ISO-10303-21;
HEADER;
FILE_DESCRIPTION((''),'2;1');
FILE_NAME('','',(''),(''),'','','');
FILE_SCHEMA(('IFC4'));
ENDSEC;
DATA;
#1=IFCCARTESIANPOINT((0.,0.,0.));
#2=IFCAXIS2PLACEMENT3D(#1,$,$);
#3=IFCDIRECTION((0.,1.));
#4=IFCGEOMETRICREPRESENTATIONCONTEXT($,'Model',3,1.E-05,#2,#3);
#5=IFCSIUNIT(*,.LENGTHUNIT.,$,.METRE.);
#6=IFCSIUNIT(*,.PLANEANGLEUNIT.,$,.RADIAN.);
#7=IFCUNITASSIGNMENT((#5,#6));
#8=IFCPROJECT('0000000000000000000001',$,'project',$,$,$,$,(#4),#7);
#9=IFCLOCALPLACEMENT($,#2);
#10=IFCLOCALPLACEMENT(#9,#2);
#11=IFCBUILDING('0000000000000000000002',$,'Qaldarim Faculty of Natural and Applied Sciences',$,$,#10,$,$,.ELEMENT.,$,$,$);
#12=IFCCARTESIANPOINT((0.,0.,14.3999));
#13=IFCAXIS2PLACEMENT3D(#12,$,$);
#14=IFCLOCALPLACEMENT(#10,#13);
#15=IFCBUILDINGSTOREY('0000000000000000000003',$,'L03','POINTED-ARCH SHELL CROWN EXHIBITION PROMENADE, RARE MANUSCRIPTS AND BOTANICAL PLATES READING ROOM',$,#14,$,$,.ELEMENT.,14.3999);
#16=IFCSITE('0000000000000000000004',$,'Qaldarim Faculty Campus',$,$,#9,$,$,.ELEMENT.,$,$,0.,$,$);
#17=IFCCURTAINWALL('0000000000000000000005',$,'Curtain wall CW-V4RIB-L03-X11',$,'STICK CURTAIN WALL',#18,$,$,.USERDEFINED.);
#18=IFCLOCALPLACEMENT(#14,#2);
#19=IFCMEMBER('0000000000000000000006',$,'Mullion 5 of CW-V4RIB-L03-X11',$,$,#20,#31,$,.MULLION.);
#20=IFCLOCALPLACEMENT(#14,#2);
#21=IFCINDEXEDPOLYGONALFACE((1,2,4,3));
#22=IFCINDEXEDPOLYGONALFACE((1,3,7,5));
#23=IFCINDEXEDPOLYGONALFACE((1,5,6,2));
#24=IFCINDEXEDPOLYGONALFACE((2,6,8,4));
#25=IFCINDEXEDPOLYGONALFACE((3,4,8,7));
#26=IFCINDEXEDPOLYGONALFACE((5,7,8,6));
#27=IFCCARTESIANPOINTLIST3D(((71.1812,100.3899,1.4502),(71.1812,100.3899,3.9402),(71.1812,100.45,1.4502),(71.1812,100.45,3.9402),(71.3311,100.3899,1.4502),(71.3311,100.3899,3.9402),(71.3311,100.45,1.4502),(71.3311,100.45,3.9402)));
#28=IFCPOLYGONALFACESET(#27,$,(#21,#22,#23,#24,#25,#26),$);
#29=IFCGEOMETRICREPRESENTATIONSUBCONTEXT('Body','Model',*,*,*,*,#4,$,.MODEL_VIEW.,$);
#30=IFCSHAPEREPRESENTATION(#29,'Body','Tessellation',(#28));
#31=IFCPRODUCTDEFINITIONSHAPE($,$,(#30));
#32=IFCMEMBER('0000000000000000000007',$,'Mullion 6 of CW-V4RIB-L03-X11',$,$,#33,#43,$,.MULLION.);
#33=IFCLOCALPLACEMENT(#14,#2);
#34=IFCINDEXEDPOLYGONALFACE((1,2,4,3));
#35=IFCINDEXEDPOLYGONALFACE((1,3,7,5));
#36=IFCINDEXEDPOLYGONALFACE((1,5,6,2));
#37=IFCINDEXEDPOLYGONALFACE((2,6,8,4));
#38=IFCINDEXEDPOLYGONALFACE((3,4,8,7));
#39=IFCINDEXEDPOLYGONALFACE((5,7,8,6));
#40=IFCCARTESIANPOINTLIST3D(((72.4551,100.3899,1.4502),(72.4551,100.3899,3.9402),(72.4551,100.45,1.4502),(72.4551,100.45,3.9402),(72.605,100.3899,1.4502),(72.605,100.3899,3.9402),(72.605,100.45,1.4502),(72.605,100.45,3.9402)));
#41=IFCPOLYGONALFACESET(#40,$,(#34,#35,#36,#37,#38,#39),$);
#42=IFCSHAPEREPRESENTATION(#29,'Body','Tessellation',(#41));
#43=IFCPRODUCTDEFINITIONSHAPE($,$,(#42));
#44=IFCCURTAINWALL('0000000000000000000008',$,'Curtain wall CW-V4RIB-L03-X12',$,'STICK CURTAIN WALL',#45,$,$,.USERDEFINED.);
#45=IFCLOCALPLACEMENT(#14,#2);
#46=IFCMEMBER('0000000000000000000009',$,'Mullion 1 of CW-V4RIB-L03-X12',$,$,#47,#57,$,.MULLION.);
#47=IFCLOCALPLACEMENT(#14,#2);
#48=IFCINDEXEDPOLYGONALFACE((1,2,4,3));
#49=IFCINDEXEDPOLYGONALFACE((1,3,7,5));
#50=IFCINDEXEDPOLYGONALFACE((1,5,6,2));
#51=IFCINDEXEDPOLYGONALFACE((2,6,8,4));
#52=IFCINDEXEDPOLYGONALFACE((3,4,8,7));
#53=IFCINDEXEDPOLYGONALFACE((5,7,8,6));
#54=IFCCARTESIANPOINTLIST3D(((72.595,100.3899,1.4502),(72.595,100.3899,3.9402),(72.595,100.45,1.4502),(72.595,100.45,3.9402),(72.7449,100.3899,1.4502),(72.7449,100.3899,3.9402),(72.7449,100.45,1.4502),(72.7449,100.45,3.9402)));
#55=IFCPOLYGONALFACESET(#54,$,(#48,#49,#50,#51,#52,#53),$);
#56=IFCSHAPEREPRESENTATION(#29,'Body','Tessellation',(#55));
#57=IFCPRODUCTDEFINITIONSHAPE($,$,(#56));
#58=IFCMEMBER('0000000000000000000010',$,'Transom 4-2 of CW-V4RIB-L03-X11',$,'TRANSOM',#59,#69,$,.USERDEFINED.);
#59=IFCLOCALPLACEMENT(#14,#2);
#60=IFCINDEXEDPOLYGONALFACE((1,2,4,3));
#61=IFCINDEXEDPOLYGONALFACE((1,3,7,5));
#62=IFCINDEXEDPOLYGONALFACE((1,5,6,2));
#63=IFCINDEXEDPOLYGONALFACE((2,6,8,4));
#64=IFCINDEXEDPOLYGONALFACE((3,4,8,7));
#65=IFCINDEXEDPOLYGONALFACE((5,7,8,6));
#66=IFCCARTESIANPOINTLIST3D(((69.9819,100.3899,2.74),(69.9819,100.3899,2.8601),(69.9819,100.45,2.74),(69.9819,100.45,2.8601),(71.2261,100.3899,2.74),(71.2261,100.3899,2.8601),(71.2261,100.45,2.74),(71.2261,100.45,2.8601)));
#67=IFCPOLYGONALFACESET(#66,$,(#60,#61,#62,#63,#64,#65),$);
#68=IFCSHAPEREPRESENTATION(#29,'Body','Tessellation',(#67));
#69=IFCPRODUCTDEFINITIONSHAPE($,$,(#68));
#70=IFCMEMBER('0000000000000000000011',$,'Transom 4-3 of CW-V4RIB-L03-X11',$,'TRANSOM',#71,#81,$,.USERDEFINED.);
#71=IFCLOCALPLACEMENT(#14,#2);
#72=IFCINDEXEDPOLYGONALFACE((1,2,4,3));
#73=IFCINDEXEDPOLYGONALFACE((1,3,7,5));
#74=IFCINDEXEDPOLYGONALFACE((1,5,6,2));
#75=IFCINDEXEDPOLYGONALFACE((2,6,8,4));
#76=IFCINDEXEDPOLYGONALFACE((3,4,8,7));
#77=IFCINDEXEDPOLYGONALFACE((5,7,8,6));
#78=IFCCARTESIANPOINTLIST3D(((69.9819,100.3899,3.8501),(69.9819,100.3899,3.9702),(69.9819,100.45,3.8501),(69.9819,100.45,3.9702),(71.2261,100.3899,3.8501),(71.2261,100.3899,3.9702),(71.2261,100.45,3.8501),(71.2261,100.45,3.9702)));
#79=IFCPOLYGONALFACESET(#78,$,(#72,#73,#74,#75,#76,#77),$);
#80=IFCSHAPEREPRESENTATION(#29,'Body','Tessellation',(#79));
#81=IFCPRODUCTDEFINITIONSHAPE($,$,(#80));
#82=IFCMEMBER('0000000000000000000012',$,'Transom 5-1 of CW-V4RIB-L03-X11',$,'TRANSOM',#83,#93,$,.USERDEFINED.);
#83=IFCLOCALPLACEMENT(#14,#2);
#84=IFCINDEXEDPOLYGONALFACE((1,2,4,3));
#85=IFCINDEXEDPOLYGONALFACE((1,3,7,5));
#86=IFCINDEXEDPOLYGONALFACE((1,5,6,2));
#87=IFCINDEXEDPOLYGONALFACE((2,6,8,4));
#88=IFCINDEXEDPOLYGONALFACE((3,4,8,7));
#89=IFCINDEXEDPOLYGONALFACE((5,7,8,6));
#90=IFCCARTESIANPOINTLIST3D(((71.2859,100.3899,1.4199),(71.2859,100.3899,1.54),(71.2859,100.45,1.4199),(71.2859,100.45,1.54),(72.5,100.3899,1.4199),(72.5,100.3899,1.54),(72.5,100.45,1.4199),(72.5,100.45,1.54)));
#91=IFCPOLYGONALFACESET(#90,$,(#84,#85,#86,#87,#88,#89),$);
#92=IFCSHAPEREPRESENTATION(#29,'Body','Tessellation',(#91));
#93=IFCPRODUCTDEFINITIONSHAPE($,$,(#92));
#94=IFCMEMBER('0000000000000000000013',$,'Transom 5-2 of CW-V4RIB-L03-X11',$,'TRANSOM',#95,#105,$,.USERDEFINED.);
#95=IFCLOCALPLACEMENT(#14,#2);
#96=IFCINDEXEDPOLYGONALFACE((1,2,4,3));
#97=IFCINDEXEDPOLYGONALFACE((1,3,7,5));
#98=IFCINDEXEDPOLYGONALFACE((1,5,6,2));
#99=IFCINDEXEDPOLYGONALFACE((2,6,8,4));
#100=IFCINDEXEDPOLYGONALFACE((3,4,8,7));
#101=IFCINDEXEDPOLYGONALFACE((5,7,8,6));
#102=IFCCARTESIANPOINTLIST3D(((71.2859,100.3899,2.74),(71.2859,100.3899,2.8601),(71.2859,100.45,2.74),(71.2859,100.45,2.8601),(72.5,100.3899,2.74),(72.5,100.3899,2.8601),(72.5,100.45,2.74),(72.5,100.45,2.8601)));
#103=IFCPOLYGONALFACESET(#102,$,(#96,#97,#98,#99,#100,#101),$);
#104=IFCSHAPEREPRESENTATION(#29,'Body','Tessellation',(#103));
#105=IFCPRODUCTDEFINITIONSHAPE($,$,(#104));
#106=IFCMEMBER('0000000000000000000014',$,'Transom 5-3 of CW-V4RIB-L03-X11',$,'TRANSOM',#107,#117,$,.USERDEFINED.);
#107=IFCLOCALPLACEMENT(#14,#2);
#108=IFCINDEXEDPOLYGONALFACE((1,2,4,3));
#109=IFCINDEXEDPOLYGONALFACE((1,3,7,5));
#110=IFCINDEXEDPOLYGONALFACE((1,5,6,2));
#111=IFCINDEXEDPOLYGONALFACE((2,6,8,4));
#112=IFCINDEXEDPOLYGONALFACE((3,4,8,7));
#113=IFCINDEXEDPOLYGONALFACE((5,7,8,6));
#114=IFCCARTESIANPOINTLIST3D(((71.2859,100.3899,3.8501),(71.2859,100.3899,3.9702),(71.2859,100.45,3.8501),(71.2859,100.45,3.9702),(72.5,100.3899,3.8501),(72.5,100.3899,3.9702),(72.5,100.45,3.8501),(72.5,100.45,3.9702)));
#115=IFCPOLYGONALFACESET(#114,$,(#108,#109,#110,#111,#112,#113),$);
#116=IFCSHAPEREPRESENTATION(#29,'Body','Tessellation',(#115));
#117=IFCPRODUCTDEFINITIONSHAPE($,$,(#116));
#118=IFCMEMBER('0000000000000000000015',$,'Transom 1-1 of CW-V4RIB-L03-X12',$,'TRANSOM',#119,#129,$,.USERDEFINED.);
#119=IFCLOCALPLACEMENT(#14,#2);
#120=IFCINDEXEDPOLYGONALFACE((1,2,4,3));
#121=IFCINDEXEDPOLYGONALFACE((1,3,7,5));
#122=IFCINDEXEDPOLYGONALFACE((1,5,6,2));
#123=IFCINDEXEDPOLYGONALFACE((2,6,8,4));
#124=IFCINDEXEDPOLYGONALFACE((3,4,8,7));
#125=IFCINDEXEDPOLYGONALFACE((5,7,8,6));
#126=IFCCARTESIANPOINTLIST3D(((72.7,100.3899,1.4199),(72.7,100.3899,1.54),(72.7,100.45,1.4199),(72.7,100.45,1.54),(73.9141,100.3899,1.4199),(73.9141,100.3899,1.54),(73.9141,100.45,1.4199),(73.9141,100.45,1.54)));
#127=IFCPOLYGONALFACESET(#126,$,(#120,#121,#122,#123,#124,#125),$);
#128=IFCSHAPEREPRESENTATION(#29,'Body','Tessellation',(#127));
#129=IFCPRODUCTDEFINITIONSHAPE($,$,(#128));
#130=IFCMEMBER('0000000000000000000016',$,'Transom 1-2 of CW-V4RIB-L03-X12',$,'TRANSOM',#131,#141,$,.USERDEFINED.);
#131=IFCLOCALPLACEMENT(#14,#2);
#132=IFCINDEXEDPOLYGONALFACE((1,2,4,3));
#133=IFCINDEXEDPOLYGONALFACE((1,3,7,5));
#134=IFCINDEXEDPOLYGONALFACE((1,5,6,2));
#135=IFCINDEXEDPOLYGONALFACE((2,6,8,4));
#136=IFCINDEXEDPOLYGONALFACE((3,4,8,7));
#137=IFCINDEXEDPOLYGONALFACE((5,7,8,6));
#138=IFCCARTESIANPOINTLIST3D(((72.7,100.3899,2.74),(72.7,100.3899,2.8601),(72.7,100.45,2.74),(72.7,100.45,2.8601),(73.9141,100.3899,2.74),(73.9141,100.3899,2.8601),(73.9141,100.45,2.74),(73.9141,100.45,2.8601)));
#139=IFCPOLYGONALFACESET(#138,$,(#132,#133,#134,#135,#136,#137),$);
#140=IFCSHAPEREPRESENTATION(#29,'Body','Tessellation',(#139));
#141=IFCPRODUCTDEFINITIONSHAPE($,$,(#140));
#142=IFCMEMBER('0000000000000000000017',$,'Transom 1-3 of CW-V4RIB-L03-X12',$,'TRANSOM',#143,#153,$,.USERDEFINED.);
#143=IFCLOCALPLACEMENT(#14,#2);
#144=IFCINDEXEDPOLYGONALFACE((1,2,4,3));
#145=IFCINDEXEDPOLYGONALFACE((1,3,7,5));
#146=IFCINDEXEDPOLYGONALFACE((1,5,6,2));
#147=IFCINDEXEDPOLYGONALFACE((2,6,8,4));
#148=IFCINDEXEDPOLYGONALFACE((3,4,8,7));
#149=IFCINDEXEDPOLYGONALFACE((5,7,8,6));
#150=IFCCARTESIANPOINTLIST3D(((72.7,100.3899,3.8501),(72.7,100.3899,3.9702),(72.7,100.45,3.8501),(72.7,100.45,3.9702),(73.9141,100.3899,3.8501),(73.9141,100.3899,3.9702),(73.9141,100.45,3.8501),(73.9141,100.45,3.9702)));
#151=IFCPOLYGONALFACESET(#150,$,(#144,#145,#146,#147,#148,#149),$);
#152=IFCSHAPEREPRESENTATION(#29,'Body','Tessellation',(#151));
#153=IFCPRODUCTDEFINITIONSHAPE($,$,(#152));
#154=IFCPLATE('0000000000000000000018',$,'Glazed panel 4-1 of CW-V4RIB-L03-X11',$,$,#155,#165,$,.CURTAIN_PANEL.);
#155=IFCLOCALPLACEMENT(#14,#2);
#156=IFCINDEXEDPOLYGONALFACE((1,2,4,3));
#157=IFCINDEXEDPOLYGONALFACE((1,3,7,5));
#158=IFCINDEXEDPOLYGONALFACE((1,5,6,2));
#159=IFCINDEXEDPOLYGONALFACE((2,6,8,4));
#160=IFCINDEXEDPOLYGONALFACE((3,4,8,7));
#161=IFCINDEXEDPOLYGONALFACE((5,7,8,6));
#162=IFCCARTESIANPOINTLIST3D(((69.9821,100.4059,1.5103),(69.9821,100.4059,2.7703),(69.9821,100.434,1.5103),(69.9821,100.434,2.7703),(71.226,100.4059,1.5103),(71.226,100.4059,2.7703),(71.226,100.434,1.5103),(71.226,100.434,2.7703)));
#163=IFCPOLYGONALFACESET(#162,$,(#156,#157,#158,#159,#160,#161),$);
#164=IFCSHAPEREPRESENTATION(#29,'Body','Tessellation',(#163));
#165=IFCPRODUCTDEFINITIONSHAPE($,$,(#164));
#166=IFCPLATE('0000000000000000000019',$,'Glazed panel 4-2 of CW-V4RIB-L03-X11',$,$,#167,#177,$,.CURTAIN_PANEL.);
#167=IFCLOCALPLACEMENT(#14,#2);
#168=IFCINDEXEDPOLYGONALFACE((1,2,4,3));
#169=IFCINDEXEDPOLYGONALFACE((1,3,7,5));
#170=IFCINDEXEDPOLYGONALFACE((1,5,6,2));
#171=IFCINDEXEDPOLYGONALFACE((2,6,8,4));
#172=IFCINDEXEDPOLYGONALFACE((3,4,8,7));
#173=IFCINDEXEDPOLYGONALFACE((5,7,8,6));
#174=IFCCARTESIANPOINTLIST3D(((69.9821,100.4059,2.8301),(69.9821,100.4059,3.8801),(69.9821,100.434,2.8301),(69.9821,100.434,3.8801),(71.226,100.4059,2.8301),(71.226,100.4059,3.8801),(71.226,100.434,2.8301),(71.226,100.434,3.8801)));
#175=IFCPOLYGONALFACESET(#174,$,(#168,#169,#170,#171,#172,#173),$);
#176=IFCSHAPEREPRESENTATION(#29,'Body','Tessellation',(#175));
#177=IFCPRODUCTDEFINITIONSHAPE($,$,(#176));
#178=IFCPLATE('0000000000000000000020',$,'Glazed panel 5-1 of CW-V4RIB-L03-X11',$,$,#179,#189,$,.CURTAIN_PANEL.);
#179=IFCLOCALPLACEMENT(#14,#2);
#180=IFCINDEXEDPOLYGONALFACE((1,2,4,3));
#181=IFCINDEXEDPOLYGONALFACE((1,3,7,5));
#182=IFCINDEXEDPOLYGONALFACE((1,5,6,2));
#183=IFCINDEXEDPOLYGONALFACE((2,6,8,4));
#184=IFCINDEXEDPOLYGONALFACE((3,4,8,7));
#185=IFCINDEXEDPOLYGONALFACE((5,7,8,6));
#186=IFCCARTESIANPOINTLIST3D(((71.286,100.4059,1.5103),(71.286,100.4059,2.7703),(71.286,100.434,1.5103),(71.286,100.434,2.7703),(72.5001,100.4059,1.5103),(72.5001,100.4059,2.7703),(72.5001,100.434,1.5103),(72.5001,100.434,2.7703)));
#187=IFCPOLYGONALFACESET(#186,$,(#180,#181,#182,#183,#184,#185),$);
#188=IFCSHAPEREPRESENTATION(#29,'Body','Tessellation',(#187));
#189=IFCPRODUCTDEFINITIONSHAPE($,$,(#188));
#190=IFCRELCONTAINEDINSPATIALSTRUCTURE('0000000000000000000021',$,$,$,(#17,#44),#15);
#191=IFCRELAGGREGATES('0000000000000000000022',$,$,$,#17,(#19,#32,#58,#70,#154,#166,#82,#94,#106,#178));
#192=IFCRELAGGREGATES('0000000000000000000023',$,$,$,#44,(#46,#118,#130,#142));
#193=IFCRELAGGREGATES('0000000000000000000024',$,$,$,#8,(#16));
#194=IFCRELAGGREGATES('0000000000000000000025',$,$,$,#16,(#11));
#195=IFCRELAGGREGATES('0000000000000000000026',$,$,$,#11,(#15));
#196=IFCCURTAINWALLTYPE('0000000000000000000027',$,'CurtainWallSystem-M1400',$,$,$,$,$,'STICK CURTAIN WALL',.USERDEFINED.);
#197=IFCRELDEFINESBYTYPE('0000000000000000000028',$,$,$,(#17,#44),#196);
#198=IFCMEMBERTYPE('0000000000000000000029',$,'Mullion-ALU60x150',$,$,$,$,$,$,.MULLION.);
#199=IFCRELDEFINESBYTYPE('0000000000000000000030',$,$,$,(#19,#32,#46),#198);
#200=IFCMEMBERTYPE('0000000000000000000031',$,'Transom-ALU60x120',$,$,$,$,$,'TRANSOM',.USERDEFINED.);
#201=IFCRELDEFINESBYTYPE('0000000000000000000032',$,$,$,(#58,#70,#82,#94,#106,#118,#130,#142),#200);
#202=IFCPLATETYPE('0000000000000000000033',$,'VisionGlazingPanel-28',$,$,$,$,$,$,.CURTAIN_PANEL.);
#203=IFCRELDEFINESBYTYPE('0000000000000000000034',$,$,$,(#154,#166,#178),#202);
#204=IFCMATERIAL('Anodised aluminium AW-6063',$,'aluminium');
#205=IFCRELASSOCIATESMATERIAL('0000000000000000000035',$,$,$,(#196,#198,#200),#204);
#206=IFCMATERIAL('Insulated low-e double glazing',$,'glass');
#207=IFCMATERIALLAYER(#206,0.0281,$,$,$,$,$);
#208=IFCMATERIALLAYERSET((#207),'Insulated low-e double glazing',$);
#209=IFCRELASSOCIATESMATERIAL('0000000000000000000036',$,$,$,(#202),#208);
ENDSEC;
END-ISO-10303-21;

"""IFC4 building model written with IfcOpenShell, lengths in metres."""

from ifc_helpers import new_model, si_unit, direction, frame, origin, origin_2d, place, context, subcontext, project, spatial, rectangle, extrude, material, layer, layer_set, material_profile, profile_set, type_object, element, aggregate, save


model = new_model("IFC4")

# Units and contexts
model_context = context("Model", 3, precision=1e-05, world=origin(), true_north=direction((0.0, 1.0)))
body_context = subcontext(model_context, "Body", "Model", "MODEL_VIEW")
ifc_project = project(units=[si_unit("LENGTHUNIT", "METRE"), si_unit("PLANEANGLEUNIT", "RADIAN")], contexts=[model_context])

# Site, building, storey
site_placement = place(None, origin())
site = spatial("IfcSite", under=ifc_project, at=site_placement, Name="Qaldarim Faculty Campus", CompositionType="ELEMENT", RefElevation=0.0)
building_placement = place(site_placement, origin())
building = spatial("IfcBuilding", under=site, at=building_placement, Name="Qaldarim Faculty of Natural and Applied Sciences", CompositionType="ELEMENT")
storey_placement = place(building_placement, frame((0.0, 0.0, 14.3999)))
storey = spatial("IfcBuildingStorey", under=building, at=storey_placement, Name="L03", Description="POINTED-ARCH SHELL CROWN EXHIBITION PROMENADE, RARE MANUSCRIPTS AND BOTANICAL PLATES READING ROOM", CompositionType="ELEMENT", Elevation=14.3999)

# Curtain wall, members
ifc_material_1 = material(Name="Anodised aluminium AW-6063", Category="aluminium")
curtain_wall_type = type_object("IfcCurtainWallType", Name="CurtainWallSystem-M1400", ElementType="STICK CURTAIN WALL", PredefinedType="USERDEFINED", material=ifc_material_1)
curtain_wall_1_placement = place(storey_placement, origin())
curtain_wall_1 = element("IfcCurtainWall", 1, at=curtain_wall_1_placement, inside=storey, type_object=curtain_wall_type, Name="Curtain wall CW-V4RIB-L03-X11", ObjectType="STICK CURTAIN WALL", PredefinedType="USERDEFINED")
ifc_material_profile_1 = material_profile(ifc_material_1, rectangle(XDim=0.0601, YDim=0.1499, at=origin_2d()), Name="ALU-M60x150")
ifc_profile_set_1 = profile_set([ifc_material_profile_1], Name="Anodised aluminium AW-6063")
member_type_1 = type_object("IfcMemberType", Name="Mullion-ALU60x150", PredefinedType="MULLION", material=ifc_profile_set_1)
member_1_placement = place(storey_placement, frame((71.2561, 100.4199, 1.4502), z_axis=(0.0, 0.0, 1.0), x_axis=(0.0, 1.0, 0.0)))
member_1 = element("IfcMember", 2, at=member_1_placement, type_object=member_type_1, Name="Mullion 5 of CW-V4RIB-L03-X11", PredefinedType="MULLION", context=body_context, shape_type="SweptSolid", body=[
    extrude(rectangle(XDim=0.0601, YDim=0.1499, at=origin_2d()), origin(), (0.0, 0.0, 1.0), 2.49),
])
member_2_placement = place(storey_placement, frame((72.53, 100.4199, 1.4502), z_axis=(0.0, 0.0, 1.0), x_axis=(0.0, 1.0, 0.0)))
member_2 = element("IfcMember", 3, at=member_2_placement, type_object=member_type_1, Name="Mullion 6 of CW-V4RIB-L03-X11", PredefinedType="MULLION", context=body_context, shape_type="SweptSolid", body=[
    extrude(rectangle(XDim=0.0601, YDim=0.1499, at=origin_2d()), origin(), (0.0, 0.0, 1.0), 2.49),
])

# Curtain wall, member
curtain_wall_2_placement = place(storey_placement, origin())
curtain_wall_2 = element("IfcCurtainWall", 4, at=curtain_wall_2_placement, inside=storey, type_object=curtain_wall_type, Name="Curtain wall CW-V4RIB-L03-X12", ObjectType="STICK CURTAIN WALL", PredefinedType="USERDEFINED")
member_3_placement = place(storey_placement, frame((72.6699, 100.4199, 1.4502), z_axis=(0.0, 0.0, 1.0), x_axis=(0.0, 1.0, 0.0)))
member_3 = element("IfcMember", 5, at=member_3_placement, type_object=member_type_1, Name="Mullion 1 of CW-V4RIB-L03-X12", PredefinedType="MULLION", context=body_context, shape_type="SweptSolid", body=[
    extrude(rectangle(XDim=0.0601, YDim=0.1499, at=origin_2d()), origin(), (0.0, 0.0, 1.0), 2.49),
])

# Members
ifc_material_profile_2 = material_profile(ifc_material_1, rectangle(XDim=0.0601, YDim=0.1201, at=origin_2d()), Name="ALU-T60x120")
ifc_profile_set_2 = profile_set([ifc_material_profile_2], Name="Anodised aluminium AW-6063")
member_type_2 = type_object("IfcMemberType", Name="Transom-ALU60x120", ElementType="TRANSOM", PredefinedType="USERDEFINED", material=ifc_profile_set_2)
member_4_placement = place(storey_placement, frame((69.9819, 100.4199, 2.8), z_axis=(1.0, 0.0, 0.0), x_axis=(0.0, 1.0, 0.0)))
member_4 = element("IfcMember", 6, at=member_4_placement, type_object=member_type_2, Name="Transom 4-2 of CW-V4RIB-L03-X11", ObjectType="TRANSOM", PredefinedType="USERDEFINED", context=body_context, shape_type="SweptSolid", body=[
    extrude(rectangle(XDim=0.0601, YDim=0.1201, at=origin_2d()), origin(), (0.0, 0.0, 1.0), 1.2441),
])
member_5_placement = place(storey_placement, frame((69.9819, 100.4199, 3.9102), z_axis=(1.0, 0.0, 0.0), x_axis=(0.0, 1.0, 0.0)))
member_5 = element("IfcMember", 7, at=member_5_placement, type_object=member_type_2, Name="Transom 4-3 of CW-V4RIB-L03-X11", ObjectType="TRANSOM", PredefinedType="USERDEFINED", context=body_context, shape_type="SweptSolid", body=[
    extrude(rectangle(XDim=0.0601, YDim=0.1201, at=origin_2d()), origin(), (0.0, 0.0, 1.0), 1.2441),
])
member_6_placement = place(storey_placement, frame((71.2859, 100.4199, 1.48), z_axis=(1.0, 0.0, 0.0), x_axis=(0.0, 1.0, 0.0)))
member_6 = element("IfcMember", 8, at=member_6_placement, type_object=member_type_2, Name="Transom 5-1 of CW-V4RIB-L03-X11", ObjectType="TRANSOM", PredefinedType="USERDEFINED", context=body_context, shape_type="SweptSolid", body=[
    extrude(rectangle(XDim=0.0601, YDim=0.1201, at=origin_2d()), origin(), (0.0, 0.0, 1.0), 1.2141),
])
member_7_placement = place(storey_placement, frame((71.2859, 100.4199, 2.8), z_axis=(1.0, 0.0, 0.0), x_axis=(0.0, 1.0, 0.0)))
member_7 = element("IfcMember", 9, at=member_7_placement, type_object=member_type_2, Name="Transom 5-2 of CW-V4RIB-L03-X11", ObjectType="TRANSOM", PredefinedType="USERDEFINED", context=body_context, shape_type="SweptSolid", body=[
    extrude(rectangle(XDim=0.0601, YDim=0.1201, at=origin_2d()), origin(), (0.0, 0.0, 1.0), 1.2141),
])
member_8_placement = place(storey_placement, frame((71.2859, 100.4199, 3.9102), z_axis=(1.0, 0.0, 0.0), x_axis=(0.0, 1.0, 0.0)))
member_8 = element("IfcMember", 10, at=member_8_placement, type_object=member_type_2, Name="Transom 5-3 of CW-V4RIB-L03-X11", ObjectType="TRANSOM", PredefinedType="USERDEFINED", context=body_context, shape_type="SweptSolid", body=[
    extrude(rectangle(XDim=0.0601, YDim=0.1201, at=origin_2d()), origin(), (0.0, 0.0, 1.0), 1.2141),
])
member_9_placement = place(storey_placement, frame((72.7, 100.4199, 1.48), z_axis=(1.0, 0.0, 0.0), x_axis=(0.0, 1.0, 0.0)))
member_9 = element("IfcMember", 11, at=member_9_placement, type_object=member_type_2, Name="Transom 1-1 of CW-V4RIB-L03-X12", ObjectType="TRANSOM", PredefinedType="USERDEFINED", context=body_context, shape_type="SweptSolid", body=[
    extrude(rectangle(XDim=0.0601, YDim=0.1201, at=origin_2d()), origin(), (0.0, 0.0, 1.0), 1.2141),
])
member_10_placement = place(storey_placement, frame((72.7, 100.4199, 2.8), z_axis=(1.0, 0.0, 0.0), x_axis=(0.0, 1.0, 0.0)))
member_10 = element("IfcMember", 12, at=member_10_placement, type_object=member_type_2, Name="Transom 1-2 of CW-V4RIB-L03-X12", ObjectType="TRANSOM", PredefinedType="USERDEFINED", context=body_context, shape_type="SweptSolid", body=[
    extrude(rectangle(XDim=0.0601, YDim=0.1201, at=origin_2d()), origin(), (0.0, 0.0, 1.0), 1.2141),
])
member_11_placement = place(storey_placement, frame((72.7, 100.4199, 3.9102), z_axis=(1.0, 0.0, 0.0), x_axis=(0.0, 1.0, 0.0)))
member_11 = element("IfcMember", 13, at=member_11_placement, type_object=member_type_2, Name="Transom 1-3 of CW-V4RIB-L03-X12", ObjectType="TRANSOM", PredefinedType="USERDEFINED", context=body_context, shape_type="SweptSolid", body=[
    extrude(rectangle(XDim=0.0601, YDim=0.1201, at=origin_2d()), origin(), (0.0, 0.0, 1.0), 1.2141),
])

# Plates
ifc_material_2 = material(Name="Insulated low-e double glazing", Category="glass")
ifc_layer_1 = layer(ifc_material_2, 0.0281)
ifc_layer_set_1 = layer_set([ifc_layer_1], Name="Insulated low-e double glazing")
plate_type = type_object("IfcPlateType", Name="VisionGlazingPanel-28", PredefinedType="CURTAIN_PANEL", material=ifc_layer_set_1)
plate_1_placement = place(storey_placement, frame((70.604, 100.4199, 1.5103), z_axis=(0.0, 0.0, 1.0), x_axis=(1.0, 0.0, 0.0)))
plate_1 = element("IfcPlate", 14, at=plate_1_placement, type_object=plate_type, Name="Glazed panel 4-1 of CW-V4RIB-L03-X11", PredefinedType="CURTAIN_PANEL", context=body_context, shape_type="SweptSolid", body=[
    extrude(rectangle(XDim=1.2439, YDim=0.0281, at=origin_2d()), origin(), (0.0, 0.0, 1.0), 1.26),
])
plate_2_placement = place(storey_placement, frame((70.604, 100.4199, 2.8301), z_axis=(0.0, 0.0, 1.0), x_axis=(1.0, 0.0, 0.0)))
plate_2 = element("IfcPlate", 15, at=plate_2_placement, type_object=plate_type, Name="Glazed panel 4-2 of CW-V4RIB-L03-X11", PredefinedType="CURTAIN_PANEL", context=body_context, shape_type="SweptSolid", body=[
    extrude(rectangle(XDim=1.2439, YDim=0.0281, at=origin_2d()), origin(), (0.0, 0.0, 1.0), 1.05),
])
plate_3_placement = place(storey_placement, frame((71.8931, 100.4199, 1.5103), z_axis=(0.0, 0.0, 1.0), x_axis=(1.0, 0.0, 0.0)))
plate_3 = element("IfcPlate", 16, at=plate_3_placement, type_object=plate_type, Name="Glazed panel 5-1 of CW-V4RIB-L03-X11", PredefinedType="CURTAIN_PANEL", context=body_context, shape_type="SweptSolid", body=[
    extrude(rectangle(XDim=1.2141, YDim=0.0281, at=origin_2d()), origin(), (0.0, 0.0, 1.0), 1.26),
])
aggregate(curtain_wall_1, [member_1, member_2, member_4, member_5, plate_1, plate_2, member_6, member_7, member_8, plate_3])
aggregate(curtain_wall_2, [member_3, member_9, member_10, member_11])

save(model, "model.ifc")
